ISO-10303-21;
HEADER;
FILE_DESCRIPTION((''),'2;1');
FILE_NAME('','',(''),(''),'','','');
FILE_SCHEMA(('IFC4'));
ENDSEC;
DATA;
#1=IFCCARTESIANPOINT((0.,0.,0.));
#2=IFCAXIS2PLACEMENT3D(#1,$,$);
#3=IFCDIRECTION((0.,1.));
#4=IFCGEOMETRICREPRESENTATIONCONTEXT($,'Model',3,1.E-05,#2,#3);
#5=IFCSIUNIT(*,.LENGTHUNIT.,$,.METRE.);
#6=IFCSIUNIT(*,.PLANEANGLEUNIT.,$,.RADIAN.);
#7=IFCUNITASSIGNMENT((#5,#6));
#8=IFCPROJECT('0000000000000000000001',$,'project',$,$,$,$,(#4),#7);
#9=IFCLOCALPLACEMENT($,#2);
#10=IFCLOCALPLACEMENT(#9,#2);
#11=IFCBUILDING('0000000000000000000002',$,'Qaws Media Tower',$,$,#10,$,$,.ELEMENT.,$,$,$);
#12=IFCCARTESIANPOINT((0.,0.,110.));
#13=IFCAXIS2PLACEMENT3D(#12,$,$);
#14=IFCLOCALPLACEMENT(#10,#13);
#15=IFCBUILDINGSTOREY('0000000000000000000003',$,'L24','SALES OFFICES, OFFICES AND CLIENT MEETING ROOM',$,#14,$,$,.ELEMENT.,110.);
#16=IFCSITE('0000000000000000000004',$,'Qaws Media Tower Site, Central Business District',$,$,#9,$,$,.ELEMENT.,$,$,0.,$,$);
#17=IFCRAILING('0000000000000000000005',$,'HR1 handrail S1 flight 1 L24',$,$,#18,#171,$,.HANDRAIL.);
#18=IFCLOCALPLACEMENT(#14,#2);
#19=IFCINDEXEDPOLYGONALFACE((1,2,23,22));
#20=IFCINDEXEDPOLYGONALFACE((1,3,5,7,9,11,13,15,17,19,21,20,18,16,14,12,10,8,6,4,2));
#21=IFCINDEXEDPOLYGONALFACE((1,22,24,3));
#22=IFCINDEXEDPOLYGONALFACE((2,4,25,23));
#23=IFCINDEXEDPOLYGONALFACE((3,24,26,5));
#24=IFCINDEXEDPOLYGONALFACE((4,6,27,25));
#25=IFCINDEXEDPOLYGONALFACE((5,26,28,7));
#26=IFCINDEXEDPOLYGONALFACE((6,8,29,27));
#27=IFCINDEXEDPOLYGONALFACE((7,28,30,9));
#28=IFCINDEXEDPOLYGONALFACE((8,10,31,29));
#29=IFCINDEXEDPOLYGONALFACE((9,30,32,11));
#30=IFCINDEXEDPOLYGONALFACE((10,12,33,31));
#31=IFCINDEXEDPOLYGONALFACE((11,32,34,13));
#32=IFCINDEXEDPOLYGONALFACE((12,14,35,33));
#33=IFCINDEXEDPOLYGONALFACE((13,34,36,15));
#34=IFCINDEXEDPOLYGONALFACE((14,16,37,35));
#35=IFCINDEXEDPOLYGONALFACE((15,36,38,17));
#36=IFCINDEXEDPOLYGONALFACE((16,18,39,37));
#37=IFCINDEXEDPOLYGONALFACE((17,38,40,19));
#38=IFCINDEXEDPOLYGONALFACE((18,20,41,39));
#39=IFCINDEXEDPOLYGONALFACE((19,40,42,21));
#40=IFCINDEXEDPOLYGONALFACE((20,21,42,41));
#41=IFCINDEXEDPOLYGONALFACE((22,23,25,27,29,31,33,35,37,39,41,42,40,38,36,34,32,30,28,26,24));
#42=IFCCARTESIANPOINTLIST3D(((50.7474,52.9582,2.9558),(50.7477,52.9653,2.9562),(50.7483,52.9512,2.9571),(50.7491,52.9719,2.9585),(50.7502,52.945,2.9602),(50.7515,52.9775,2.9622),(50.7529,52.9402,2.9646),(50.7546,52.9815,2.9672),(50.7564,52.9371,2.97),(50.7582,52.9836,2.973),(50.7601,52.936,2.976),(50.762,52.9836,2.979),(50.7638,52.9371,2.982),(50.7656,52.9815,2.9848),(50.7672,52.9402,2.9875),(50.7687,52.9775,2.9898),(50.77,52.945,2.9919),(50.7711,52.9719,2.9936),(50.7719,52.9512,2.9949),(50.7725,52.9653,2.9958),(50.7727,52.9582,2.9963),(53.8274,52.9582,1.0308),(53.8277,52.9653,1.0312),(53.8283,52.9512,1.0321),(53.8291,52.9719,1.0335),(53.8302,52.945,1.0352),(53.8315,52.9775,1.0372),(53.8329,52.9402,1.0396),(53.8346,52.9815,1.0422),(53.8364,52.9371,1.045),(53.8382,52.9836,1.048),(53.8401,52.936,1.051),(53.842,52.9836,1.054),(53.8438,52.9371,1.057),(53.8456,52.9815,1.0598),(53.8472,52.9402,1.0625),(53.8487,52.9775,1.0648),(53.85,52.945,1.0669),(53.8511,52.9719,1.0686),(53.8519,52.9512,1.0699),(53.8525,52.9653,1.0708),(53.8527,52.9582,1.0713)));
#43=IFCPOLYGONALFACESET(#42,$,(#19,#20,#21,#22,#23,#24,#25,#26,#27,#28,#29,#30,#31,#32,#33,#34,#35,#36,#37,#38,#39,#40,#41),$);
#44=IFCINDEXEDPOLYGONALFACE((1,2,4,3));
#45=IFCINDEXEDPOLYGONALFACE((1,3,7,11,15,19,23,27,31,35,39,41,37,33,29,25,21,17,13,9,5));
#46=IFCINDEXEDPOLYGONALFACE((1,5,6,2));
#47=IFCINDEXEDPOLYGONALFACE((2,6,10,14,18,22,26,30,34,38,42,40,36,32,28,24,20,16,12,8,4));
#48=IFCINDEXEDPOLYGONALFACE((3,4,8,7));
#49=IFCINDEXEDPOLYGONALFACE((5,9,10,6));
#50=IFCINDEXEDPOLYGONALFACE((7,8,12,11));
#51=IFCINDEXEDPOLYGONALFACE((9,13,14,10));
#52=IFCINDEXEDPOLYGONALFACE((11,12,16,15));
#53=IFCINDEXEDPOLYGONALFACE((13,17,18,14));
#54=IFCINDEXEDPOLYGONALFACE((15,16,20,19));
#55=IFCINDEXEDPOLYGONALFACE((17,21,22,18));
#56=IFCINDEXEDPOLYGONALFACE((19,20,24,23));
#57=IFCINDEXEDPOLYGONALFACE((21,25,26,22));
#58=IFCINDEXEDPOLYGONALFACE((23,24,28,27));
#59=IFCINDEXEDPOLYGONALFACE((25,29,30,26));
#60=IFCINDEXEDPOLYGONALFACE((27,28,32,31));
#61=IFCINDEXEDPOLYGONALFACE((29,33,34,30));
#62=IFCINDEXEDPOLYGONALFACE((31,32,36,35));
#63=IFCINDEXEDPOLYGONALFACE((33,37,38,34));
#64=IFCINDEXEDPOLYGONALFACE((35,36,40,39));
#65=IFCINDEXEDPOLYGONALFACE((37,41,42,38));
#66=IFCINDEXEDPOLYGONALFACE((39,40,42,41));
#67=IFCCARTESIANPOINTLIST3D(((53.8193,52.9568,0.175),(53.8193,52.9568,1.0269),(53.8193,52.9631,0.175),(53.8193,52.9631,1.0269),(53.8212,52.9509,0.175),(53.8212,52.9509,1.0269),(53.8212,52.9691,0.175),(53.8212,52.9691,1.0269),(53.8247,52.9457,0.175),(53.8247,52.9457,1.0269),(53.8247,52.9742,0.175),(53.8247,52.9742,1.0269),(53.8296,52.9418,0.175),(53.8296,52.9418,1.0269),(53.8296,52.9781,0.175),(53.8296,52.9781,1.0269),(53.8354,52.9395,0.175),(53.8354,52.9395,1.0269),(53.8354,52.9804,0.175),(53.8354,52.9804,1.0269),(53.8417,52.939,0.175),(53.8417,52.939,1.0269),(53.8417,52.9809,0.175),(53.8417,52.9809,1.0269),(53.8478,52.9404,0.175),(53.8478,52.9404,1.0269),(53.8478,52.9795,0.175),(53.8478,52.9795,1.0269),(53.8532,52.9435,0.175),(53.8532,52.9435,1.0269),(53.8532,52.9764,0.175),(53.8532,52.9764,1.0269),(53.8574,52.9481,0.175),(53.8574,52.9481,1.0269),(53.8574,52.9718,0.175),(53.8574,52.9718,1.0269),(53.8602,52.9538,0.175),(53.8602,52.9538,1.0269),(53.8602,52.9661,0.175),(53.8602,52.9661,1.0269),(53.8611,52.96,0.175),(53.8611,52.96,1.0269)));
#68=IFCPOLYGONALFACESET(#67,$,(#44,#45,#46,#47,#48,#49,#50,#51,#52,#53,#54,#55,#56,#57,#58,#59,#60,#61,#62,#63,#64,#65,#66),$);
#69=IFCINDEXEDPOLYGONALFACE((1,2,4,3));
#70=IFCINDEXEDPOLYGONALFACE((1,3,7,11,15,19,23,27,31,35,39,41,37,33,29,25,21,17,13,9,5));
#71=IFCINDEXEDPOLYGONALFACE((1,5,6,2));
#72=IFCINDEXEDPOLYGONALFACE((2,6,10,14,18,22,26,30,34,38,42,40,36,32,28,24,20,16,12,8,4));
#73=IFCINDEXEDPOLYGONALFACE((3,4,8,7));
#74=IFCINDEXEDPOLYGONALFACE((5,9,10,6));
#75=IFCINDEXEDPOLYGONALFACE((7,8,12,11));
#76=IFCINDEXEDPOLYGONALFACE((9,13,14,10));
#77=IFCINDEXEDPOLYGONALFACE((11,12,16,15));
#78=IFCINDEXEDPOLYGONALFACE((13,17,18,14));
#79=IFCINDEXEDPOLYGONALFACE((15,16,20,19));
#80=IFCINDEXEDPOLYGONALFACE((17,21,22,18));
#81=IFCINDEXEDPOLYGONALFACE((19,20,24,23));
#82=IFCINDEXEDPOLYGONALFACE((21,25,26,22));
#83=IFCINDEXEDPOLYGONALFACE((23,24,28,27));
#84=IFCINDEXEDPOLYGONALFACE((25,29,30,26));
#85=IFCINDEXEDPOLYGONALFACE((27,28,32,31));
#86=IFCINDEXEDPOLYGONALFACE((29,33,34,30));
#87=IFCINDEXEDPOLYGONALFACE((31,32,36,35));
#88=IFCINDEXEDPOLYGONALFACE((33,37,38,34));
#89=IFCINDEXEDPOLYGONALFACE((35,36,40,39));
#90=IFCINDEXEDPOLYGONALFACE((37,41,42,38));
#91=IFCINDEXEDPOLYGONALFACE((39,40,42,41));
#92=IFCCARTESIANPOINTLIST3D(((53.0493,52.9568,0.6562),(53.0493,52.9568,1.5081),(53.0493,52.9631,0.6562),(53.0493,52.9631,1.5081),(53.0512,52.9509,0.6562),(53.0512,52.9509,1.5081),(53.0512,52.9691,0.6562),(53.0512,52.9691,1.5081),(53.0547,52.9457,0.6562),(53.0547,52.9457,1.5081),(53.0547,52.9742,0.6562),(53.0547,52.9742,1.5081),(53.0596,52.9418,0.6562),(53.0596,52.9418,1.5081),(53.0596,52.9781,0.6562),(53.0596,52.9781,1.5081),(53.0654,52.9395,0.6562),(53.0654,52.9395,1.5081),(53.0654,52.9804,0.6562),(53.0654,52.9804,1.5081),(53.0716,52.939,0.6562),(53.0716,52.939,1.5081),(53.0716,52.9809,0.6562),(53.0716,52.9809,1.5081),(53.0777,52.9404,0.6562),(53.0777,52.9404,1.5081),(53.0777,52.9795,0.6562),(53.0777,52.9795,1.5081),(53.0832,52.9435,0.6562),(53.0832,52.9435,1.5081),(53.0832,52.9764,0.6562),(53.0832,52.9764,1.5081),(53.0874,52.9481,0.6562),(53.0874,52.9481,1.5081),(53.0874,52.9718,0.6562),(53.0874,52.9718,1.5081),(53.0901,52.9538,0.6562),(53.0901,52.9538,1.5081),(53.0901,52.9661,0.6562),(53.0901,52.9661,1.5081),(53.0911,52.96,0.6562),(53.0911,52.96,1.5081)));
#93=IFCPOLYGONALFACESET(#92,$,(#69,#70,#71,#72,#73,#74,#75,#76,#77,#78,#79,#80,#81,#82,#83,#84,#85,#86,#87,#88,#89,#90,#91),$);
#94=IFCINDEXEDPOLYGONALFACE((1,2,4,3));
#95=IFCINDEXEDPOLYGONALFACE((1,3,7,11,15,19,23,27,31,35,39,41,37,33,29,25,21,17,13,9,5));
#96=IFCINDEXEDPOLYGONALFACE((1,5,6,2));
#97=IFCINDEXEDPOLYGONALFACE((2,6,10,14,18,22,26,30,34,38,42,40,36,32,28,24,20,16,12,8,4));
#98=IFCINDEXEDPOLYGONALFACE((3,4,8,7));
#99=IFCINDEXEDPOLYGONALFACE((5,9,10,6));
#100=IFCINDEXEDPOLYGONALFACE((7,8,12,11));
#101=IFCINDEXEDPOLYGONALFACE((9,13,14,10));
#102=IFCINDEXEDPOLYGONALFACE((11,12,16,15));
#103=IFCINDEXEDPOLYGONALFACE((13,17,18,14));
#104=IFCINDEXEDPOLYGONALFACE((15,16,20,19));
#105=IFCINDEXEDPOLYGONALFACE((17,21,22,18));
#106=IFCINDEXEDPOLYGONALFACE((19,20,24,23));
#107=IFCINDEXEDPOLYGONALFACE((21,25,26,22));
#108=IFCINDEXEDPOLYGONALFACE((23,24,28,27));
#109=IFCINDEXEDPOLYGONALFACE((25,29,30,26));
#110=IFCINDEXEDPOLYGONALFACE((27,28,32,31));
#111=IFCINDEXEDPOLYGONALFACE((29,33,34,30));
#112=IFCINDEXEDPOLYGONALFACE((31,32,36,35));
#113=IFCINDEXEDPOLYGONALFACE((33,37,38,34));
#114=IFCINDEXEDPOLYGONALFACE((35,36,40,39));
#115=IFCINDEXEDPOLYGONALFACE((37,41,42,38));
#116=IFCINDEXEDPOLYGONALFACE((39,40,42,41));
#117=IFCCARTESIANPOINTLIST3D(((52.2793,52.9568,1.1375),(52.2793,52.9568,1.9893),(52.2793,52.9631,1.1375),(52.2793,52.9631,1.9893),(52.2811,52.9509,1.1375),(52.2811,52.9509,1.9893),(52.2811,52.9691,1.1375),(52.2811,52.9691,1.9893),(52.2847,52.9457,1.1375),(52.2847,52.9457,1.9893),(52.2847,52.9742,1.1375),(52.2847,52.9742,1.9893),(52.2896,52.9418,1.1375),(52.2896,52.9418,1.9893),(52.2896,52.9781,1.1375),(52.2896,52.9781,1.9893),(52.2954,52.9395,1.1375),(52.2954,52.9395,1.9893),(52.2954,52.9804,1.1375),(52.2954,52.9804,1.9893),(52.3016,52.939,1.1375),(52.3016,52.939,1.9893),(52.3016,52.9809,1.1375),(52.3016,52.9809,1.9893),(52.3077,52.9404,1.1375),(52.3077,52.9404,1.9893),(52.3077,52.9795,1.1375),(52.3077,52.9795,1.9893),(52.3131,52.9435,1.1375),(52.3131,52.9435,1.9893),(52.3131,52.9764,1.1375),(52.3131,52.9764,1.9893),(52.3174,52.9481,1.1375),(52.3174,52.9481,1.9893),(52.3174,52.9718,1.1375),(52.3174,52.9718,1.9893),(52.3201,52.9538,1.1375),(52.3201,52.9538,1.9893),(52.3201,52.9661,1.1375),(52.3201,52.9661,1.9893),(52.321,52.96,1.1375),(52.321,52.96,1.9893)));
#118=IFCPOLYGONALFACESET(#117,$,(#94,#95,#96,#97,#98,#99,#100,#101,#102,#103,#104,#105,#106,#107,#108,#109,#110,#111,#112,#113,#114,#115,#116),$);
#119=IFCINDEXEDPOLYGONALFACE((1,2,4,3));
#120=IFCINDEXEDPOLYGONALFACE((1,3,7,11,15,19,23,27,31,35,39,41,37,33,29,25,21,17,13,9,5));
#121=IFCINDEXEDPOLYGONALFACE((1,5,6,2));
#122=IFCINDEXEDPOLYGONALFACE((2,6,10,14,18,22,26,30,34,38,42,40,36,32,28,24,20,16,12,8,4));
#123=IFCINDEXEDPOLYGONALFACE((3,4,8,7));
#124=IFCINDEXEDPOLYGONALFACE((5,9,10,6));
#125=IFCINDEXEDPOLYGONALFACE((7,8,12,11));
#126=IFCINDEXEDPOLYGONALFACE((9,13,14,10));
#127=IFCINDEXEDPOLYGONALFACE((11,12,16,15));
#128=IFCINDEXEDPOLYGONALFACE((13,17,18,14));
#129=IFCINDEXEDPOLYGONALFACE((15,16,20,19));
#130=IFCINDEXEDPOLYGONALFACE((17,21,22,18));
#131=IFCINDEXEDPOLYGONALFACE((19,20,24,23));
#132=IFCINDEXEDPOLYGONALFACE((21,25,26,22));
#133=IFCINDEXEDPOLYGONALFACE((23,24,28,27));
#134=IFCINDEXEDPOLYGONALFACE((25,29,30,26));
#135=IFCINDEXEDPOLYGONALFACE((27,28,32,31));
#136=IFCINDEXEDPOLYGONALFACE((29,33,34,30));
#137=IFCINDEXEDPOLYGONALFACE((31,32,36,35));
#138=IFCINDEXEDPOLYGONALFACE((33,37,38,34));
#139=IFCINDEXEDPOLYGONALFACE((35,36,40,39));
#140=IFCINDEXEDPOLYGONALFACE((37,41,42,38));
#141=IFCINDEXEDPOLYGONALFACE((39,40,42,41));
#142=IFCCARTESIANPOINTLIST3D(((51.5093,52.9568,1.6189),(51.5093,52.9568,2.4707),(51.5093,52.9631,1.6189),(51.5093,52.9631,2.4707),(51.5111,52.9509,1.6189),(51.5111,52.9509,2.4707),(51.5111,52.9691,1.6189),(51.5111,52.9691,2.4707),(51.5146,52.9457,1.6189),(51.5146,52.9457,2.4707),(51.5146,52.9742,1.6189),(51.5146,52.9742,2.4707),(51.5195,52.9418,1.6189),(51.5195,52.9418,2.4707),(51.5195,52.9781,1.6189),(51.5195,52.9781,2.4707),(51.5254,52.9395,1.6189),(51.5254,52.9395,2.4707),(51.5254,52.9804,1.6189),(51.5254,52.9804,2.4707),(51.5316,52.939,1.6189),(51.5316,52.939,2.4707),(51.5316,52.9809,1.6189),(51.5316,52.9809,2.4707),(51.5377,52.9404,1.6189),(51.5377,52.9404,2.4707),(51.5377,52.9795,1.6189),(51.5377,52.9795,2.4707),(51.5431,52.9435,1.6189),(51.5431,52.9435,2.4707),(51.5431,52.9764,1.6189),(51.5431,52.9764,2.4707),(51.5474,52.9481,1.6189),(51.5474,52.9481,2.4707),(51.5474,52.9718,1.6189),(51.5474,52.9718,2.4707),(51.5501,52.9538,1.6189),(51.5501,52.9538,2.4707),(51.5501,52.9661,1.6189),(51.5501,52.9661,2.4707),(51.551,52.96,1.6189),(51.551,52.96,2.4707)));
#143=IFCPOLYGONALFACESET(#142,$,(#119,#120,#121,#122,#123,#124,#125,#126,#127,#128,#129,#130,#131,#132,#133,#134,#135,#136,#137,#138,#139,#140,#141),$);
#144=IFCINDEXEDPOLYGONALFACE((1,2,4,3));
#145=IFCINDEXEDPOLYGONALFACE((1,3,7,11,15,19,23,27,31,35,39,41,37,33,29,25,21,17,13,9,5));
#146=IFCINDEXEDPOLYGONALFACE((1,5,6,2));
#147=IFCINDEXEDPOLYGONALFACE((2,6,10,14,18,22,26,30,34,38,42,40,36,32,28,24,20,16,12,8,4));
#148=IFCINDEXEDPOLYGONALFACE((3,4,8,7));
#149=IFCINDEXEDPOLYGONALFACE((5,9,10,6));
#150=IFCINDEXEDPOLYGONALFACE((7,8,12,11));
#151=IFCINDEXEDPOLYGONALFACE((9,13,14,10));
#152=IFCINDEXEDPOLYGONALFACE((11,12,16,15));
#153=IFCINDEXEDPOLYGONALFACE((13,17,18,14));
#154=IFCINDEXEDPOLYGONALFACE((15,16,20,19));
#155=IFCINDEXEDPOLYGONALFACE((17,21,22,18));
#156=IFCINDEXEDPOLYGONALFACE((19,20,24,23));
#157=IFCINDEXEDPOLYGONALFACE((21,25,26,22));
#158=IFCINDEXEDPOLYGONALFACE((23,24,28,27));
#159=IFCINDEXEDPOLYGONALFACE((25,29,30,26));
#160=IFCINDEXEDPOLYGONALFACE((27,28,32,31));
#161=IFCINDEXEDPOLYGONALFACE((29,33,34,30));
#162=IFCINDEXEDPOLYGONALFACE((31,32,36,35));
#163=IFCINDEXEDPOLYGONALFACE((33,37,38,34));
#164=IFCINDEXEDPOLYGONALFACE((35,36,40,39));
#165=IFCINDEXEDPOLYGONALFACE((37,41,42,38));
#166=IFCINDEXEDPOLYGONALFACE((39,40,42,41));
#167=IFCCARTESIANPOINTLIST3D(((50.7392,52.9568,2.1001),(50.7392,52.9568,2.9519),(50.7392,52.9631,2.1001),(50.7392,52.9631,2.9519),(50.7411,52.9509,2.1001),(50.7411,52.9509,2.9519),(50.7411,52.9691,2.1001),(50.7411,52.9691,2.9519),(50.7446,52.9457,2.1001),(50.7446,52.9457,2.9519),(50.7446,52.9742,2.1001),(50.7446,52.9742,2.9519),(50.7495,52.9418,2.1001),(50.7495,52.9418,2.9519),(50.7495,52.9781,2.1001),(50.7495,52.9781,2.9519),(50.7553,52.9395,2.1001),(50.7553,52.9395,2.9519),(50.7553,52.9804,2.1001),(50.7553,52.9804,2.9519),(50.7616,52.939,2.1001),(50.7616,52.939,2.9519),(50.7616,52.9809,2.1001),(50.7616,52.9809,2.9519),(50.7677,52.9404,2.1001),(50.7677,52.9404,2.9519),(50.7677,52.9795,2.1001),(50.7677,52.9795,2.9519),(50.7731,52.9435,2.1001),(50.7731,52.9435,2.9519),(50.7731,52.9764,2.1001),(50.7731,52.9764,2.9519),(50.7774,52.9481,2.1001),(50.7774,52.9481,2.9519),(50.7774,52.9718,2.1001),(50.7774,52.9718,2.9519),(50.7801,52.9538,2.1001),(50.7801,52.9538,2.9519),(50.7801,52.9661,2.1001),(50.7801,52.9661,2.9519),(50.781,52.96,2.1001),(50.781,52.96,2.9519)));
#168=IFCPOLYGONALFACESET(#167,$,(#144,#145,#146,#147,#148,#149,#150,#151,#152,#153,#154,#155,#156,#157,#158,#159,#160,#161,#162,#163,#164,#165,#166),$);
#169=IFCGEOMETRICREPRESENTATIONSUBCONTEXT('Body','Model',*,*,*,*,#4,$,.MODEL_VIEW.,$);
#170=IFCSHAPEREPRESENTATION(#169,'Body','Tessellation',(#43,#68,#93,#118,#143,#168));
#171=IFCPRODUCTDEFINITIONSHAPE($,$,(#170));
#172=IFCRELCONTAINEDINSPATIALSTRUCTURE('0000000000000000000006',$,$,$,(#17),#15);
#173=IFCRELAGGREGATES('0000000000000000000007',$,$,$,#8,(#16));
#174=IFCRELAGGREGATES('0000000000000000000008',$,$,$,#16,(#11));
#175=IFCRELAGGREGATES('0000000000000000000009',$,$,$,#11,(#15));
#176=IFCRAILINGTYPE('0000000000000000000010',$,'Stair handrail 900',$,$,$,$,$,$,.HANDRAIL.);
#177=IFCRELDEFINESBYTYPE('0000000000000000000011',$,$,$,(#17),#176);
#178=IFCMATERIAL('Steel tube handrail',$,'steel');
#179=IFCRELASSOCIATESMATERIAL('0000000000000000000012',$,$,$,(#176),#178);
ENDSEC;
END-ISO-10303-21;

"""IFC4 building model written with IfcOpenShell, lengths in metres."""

from ifc_helpers import new_model, si_unit, direction, frame, origin, origin_2d, place, context, subcontext, project, spatial, circle, extrude, material, type_object, element, save


model = new_model("IFC4")

# Units and contexts
model_context = context("Model", 3, precision=1e-05, world=origin(), true_north=direction((0.0, 1.0)))
body_context = subcontext(model_context, "Body", "Model", "MODEL_VIEW")
ifc_project = project(units=[si_unit("LENGTHUNIT", "METRE"), si_unit("PLANEANGLEUNIT", "RADIAN")], contexts=[model_context])

# Site, building, storey
site_placement = place(None, origin())
site = spatial("IfcSite", under=ifc_project, at=site_placement, Name="Qaws Media Tower Site, Central Business District", CompositionType="ELEMENT", RefElevation=0.0)
building_placement = place(site_placement, origin())
building = spatial("IfcBuilding", under=site, at=building_placement, Name="Qaws Media Tower", CompositionType="ELEMENT")
storey_placement = place(building_placement, frame((0.0, 0.0, 110.0)))
storey = spatial("IfcBuildingStorey", under=building, at=storey_placement, Name="L24", Description="SALES OFFICES, OFFICES AND CLIENT MEETING ROOM", CompositionType="ELEMENT", Elevation=110.0)

# Railing
ifc_material_1 = material(Name="Steel tube handrail", Category="steel")
railing_type = type_object("IfcRailingType", Name="Stair handrail 900", PredefinedType="HANDRAIL", material=ifc_material_1)
for number, where, name in (
    (1, (53.8401, 52.96, 0.175), "HR1 handrail S1 flight 1 L24"),
):
    element("IfcRailing", number, at=place(storey_placement, frame(where)), inside=storey, type_object=railing_type, Name=name, PredefinedType="HANDRAIL", context=body_context, shape_type="SweptSolid", body=[
        extrude(circle(Radius=0.0239, at=origin_2d()), frame((0.0, 0.0, 0.876), z_axis=(-0.847998, 0.0, 0.529999), x_axis=(0.0, -1.0, 0.0)), (0.0, 0.0, 1.0), 3.6321),
        extrude(circle(Radius=0.021, at=origin_2d()), origin(), (0.0, 0.0, 1.0), 0.8518),
        extrude(circle(Radius=0.021, at=origin_2d()), frame((-0.77, 0.0, 0.4812)), (0.0, 0.0, 1.0), 0.8518),
        extrude(circle(Radius=0.021, at=origin_2d()), frame((-1.54, 0.0, 0.9624)), (0.0, 0.0, 1.0), 0.8518),
        extrude(circle(Radius=0.021, at=origin_2d()), frame((-2.3101, 0.0, 1.4438)), (0.0, 0.0, 1.0), 0.8518),
        extrude(circle(Radius=0.021, at=origin_2d()), frame((-3.0801, 0.0, 1.925)), (0.0, 0.0, 1.0), 0.8518),
    ])

save(model, "model.ifc")
